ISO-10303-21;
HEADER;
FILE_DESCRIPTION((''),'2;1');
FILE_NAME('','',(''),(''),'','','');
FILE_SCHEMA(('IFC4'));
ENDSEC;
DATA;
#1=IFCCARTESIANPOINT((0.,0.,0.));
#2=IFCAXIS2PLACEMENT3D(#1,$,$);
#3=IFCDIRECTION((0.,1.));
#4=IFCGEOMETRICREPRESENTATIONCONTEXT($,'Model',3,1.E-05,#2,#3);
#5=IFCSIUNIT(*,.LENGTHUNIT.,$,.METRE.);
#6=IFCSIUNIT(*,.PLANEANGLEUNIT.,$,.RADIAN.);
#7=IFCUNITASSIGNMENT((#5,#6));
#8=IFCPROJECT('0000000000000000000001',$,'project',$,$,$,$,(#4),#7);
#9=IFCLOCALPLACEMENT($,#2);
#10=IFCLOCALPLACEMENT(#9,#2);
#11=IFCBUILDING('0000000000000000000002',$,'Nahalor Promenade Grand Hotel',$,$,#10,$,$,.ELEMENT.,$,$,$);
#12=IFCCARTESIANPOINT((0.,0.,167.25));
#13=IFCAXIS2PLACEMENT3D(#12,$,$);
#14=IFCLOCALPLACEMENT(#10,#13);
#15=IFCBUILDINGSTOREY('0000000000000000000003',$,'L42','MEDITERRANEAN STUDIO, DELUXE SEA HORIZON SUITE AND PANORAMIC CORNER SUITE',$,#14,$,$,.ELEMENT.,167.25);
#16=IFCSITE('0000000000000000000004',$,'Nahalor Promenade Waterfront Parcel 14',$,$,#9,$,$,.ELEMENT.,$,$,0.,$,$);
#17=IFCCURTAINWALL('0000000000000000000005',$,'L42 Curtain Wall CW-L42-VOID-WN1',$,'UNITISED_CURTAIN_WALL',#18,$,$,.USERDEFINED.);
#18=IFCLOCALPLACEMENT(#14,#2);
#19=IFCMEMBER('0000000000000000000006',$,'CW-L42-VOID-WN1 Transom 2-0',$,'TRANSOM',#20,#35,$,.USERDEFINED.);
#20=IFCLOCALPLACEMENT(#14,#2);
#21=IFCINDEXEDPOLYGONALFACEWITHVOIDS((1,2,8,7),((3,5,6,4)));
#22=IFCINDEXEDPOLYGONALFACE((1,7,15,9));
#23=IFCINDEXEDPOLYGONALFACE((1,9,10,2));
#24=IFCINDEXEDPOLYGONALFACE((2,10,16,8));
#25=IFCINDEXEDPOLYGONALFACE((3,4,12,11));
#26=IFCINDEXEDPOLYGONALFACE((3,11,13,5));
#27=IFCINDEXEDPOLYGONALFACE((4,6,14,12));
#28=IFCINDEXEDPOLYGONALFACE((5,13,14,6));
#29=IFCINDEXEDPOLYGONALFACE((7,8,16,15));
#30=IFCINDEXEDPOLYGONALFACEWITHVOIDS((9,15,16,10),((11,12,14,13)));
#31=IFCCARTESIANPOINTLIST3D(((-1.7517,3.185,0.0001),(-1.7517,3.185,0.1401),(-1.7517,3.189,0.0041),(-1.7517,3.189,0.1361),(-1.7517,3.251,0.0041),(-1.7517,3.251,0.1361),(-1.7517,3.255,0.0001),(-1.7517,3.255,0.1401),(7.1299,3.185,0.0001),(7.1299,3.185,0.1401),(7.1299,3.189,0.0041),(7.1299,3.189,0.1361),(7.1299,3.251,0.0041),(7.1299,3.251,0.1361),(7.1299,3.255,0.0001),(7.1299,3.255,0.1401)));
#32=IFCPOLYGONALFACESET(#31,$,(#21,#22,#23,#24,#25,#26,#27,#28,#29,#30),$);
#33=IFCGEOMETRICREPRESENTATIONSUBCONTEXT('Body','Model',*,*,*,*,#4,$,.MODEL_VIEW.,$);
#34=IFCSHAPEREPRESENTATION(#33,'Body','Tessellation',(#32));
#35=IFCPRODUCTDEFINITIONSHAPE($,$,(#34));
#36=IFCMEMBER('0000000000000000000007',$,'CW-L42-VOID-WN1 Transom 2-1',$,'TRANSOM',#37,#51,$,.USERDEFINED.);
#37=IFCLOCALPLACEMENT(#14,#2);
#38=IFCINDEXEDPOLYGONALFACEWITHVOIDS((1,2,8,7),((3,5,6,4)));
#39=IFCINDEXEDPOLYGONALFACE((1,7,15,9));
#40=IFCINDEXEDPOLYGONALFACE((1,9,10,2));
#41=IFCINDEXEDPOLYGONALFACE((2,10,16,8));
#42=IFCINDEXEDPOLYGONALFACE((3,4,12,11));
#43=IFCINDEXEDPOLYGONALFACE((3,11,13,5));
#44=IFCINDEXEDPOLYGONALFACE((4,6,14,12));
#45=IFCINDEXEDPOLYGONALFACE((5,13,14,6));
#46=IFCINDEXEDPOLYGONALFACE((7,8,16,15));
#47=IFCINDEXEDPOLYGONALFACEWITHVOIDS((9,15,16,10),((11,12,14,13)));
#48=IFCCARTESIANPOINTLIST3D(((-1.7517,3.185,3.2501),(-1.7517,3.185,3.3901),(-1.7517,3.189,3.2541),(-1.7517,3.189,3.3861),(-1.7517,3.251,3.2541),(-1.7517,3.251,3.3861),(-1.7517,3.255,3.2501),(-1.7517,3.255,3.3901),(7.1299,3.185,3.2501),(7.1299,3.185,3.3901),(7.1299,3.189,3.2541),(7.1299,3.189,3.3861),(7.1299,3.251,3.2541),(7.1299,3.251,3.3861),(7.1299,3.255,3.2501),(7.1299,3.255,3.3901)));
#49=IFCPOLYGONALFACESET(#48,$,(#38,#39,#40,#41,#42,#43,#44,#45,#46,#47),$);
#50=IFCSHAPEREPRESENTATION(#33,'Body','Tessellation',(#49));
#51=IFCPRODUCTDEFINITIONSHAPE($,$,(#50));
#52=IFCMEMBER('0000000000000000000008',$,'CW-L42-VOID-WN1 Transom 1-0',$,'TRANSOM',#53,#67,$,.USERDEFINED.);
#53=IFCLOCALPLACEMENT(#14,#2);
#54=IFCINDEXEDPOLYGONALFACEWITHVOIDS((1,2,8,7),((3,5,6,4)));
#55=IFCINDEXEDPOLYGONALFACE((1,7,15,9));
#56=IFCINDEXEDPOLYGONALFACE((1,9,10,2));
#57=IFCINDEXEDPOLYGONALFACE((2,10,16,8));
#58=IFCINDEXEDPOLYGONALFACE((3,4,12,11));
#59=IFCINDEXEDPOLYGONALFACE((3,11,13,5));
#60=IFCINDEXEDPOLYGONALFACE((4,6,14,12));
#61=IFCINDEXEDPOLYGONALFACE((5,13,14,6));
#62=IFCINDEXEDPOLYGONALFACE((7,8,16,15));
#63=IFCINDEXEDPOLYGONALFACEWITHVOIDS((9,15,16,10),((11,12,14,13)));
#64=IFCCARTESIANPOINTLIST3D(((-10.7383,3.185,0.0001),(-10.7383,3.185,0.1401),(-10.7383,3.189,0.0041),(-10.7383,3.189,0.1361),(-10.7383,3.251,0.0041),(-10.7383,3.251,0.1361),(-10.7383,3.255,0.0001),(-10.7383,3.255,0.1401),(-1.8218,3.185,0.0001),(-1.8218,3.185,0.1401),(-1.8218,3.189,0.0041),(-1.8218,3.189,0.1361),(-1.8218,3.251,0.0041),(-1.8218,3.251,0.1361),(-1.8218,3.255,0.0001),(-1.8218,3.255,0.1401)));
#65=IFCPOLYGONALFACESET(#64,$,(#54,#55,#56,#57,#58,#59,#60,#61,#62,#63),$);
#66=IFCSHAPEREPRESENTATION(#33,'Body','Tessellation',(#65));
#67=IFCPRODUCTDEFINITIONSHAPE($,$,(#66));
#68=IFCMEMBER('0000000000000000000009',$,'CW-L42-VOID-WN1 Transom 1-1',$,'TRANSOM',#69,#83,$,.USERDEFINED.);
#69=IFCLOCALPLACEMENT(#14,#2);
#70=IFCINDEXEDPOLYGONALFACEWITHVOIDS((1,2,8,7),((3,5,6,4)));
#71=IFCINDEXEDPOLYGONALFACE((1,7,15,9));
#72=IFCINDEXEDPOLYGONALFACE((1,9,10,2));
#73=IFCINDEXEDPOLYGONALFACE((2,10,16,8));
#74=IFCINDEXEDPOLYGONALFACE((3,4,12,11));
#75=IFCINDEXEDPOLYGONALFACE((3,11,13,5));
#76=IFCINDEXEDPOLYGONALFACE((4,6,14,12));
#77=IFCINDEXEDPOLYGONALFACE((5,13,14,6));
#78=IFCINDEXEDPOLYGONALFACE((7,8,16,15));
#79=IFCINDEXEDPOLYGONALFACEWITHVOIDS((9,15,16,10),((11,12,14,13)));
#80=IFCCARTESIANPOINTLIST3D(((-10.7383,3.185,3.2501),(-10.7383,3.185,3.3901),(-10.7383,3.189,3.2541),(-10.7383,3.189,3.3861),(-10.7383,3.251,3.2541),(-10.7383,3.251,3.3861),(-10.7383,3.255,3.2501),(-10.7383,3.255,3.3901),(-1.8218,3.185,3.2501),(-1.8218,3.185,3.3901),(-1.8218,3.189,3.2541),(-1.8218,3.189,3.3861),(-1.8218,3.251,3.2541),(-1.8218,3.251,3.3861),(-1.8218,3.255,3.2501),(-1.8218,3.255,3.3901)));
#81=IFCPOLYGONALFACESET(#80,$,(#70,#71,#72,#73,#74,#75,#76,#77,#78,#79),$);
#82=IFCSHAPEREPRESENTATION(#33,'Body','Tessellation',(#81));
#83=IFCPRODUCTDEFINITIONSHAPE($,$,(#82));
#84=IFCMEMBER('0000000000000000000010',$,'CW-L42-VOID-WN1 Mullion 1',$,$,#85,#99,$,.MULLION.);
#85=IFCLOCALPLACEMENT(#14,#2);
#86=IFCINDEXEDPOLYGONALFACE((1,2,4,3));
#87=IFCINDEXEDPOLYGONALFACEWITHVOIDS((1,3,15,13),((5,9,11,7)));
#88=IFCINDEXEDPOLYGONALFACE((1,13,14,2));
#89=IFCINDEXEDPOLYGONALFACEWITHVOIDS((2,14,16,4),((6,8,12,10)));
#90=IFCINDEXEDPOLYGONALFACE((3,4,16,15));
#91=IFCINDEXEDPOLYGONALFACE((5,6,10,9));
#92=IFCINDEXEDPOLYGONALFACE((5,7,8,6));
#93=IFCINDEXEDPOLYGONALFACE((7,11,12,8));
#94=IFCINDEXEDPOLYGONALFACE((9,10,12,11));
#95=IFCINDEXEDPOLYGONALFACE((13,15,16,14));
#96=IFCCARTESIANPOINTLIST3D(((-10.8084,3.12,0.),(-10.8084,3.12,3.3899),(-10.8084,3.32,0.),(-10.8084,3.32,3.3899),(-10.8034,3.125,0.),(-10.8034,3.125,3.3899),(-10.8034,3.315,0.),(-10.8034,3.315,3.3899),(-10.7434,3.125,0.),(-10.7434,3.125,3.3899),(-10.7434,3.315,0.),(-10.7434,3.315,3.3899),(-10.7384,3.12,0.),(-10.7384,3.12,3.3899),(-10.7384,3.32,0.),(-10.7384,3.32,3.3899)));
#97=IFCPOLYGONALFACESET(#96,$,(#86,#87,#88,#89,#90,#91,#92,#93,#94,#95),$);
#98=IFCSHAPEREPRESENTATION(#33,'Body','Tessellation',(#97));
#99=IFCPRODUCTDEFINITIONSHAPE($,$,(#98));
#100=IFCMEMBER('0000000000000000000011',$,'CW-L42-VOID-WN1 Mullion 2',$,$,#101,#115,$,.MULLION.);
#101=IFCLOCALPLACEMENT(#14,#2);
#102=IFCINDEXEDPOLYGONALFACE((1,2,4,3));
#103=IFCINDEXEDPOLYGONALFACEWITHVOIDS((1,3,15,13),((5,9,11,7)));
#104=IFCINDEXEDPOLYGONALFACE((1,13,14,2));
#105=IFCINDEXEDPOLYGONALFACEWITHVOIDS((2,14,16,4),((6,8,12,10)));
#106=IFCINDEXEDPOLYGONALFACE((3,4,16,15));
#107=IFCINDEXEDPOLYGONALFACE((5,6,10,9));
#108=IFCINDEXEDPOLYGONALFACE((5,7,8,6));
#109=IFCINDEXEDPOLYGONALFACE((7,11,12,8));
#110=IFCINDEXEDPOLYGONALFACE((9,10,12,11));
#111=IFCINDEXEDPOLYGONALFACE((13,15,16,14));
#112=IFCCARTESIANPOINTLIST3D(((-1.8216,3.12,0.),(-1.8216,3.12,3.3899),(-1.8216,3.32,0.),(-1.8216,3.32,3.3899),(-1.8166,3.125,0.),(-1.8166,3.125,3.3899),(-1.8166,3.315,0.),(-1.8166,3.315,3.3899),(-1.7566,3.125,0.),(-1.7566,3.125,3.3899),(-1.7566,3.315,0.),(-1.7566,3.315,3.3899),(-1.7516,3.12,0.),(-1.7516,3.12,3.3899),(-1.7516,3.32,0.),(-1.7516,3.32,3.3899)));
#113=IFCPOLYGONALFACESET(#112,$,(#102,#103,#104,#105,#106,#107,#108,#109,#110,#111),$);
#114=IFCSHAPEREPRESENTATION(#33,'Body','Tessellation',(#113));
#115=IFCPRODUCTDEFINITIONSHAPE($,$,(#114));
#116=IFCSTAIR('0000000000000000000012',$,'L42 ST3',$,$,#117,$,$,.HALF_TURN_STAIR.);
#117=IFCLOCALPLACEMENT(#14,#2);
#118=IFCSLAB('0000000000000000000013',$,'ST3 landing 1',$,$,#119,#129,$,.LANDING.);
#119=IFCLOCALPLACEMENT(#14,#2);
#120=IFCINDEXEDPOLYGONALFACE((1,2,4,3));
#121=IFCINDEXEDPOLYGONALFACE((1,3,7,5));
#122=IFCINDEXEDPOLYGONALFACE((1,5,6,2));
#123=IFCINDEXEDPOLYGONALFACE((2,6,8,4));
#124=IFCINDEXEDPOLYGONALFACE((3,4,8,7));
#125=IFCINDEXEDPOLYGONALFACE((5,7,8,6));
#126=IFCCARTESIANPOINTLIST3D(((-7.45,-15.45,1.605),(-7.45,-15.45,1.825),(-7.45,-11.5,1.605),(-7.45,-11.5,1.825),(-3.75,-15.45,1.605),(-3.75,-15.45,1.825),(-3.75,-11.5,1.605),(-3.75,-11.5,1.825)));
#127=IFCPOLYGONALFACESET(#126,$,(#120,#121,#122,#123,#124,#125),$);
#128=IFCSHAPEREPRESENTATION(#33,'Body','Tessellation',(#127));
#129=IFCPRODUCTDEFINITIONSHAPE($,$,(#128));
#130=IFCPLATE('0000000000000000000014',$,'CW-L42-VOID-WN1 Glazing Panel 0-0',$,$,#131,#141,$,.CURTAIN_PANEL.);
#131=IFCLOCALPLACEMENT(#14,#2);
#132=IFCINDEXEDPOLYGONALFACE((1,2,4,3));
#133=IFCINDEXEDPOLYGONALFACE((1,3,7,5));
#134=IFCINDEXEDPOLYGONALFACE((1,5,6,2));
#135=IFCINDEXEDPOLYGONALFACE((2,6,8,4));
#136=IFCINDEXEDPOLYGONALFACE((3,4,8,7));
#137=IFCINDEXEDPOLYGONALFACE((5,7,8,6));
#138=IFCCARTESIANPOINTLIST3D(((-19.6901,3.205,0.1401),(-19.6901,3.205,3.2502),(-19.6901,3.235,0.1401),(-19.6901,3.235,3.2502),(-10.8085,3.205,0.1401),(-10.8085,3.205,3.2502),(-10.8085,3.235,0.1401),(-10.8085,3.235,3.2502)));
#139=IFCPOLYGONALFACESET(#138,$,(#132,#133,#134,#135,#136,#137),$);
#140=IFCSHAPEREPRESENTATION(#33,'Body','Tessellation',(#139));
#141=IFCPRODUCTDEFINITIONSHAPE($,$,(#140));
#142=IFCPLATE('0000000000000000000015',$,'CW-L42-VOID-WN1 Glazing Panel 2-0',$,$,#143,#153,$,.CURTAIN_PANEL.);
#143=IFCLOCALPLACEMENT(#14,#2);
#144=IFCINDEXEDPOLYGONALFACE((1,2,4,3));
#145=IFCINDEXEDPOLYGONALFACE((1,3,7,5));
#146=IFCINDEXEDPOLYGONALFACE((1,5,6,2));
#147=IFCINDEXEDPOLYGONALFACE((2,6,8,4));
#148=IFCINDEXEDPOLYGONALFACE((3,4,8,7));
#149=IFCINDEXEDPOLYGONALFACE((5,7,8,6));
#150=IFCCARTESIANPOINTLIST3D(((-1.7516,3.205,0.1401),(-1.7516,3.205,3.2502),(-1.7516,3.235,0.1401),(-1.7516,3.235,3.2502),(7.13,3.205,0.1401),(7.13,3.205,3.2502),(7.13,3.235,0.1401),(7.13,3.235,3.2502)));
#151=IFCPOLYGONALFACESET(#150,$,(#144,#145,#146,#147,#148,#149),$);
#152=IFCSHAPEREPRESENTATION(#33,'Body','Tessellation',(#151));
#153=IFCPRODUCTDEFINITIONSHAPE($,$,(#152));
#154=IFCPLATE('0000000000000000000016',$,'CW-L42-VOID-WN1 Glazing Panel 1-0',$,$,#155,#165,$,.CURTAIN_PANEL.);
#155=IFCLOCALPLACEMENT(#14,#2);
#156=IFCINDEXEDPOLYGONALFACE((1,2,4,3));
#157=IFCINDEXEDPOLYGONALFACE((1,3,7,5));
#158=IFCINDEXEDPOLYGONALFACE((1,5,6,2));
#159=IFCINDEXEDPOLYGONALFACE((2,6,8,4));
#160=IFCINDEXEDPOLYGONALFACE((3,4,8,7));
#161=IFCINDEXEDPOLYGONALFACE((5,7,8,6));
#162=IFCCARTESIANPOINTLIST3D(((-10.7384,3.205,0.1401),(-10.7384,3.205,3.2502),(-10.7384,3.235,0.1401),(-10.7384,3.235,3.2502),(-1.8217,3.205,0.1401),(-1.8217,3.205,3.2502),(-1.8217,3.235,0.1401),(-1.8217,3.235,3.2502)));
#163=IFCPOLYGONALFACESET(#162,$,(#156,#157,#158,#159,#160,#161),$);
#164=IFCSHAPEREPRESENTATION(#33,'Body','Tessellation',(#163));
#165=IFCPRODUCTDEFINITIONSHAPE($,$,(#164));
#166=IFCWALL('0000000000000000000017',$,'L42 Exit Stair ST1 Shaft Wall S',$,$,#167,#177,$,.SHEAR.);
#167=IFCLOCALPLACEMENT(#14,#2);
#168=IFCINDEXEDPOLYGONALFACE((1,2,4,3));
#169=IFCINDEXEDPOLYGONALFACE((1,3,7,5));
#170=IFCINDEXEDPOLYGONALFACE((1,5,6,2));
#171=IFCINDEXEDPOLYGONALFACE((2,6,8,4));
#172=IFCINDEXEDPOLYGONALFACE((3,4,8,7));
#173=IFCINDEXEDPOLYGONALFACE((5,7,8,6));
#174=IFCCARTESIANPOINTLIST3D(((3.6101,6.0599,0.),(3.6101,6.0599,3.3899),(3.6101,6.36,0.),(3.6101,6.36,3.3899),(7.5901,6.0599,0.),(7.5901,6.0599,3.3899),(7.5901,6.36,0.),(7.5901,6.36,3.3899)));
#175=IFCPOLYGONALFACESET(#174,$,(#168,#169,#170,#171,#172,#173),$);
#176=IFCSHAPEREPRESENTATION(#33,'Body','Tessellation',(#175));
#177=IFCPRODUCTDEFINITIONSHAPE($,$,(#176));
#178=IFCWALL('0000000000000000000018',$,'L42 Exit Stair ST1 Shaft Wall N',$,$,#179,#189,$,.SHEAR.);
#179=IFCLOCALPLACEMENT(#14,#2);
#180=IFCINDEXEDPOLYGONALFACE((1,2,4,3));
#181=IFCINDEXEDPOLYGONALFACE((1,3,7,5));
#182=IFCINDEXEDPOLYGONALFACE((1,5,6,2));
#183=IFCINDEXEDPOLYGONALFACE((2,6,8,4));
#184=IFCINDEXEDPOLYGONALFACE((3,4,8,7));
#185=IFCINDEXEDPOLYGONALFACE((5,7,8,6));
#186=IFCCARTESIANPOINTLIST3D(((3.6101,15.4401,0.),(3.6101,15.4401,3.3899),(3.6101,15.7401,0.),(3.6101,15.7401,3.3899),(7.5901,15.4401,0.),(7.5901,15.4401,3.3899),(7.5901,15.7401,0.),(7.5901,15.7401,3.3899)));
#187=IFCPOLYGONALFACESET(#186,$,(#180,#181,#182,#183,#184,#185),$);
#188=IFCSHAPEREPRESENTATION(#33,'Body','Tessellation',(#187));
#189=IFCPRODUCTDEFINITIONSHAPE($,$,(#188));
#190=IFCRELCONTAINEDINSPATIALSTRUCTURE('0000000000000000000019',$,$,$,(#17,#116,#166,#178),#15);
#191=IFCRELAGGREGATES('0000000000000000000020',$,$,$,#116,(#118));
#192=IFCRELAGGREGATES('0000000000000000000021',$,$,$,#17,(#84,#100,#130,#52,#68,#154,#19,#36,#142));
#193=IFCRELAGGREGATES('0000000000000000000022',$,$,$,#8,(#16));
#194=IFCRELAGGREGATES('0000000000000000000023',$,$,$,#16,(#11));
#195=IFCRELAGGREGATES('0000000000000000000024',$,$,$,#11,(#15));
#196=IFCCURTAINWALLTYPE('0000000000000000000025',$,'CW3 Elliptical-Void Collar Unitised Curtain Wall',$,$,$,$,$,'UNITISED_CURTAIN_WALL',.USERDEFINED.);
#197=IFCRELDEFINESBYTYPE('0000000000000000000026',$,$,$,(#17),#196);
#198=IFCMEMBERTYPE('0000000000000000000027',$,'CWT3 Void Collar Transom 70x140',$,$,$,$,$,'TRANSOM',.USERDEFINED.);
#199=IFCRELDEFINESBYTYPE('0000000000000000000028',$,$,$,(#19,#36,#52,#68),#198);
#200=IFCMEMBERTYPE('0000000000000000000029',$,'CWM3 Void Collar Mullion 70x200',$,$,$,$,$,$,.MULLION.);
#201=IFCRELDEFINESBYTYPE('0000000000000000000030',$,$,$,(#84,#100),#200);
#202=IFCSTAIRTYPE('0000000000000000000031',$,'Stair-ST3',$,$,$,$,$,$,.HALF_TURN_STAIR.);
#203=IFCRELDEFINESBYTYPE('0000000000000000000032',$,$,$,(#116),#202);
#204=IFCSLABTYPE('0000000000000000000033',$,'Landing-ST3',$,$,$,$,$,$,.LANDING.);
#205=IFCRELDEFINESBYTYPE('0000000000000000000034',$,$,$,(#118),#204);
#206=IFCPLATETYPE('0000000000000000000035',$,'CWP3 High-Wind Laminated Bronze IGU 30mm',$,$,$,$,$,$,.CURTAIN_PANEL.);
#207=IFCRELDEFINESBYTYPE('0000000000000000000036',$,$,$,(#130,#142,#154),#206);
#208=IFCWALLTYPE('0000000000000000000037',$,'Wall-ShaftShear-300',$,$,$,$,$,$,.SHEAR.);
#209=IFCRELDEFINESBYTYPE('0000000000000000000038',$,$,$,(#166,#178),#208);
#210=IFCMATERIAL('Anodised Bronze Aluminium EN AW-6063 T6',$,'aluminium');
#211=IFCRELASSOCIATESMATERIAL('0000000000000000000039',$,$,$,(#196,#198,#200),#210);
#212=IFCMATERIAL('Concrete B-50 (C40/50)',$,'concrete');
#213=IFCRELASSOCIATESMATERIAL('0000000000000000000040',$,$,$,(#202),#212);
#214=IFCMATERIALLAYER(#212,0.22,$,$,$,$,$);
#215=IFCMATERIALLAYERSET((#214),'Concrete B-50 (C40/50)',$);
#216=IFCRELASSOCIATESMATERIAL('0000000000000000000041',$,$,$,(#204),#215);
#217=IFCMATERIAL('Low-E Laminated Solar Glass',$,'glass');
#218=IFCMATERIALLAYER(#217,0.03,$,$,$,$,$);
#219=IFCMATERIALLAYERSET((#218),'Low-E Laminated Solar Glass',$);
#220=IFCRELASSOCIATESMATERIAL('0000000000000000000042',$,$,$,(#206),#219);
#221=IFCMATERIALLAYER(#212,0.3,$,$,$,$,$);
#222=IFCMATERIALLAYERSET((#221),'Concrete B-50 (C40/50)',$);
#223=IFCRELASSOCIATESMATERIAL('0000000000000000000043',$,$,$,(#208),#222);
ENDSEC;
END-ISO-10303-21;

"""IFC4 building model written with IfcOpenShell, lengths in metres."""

from ifc_helpers import new_model, si_unit, direction, frame, frame_2d, origin, origin_2d, place, context, subcontext, project, spatial, polyline, rectangle, hollow_rectangle, outline, extrude, source, transform, mapped, material, layer, layer_set, material_profile, profile_set, type_object, element, aggregate, save


model = new_model("IFC4")

# Units and contexts
model_context = context("Model", 3, precision=1e-05, world=origin(), true_north=direction((0.0, 1.0)))
body_context = subcontext(model_context, "Body", "Model", "MODEL_VIEW")
ifc_project = project(units=[si_unit("LENGTHUNIT", "METRE"), si_unit("PLANEANGLEUNIT", "RADIAN")], contexts=[model_context])

# Site, building, storey
site_placement = place(None, origin())
site = spatial("IfcSite", under=ifc_project, at=site_placement, Name="Nahalor Promenade Waterfront Parcel 14", CompositionType="ELEMENT", RefElevation=0.0)
building_placement = place(site_placement, origin())
building = spatial("IfcBuilding", under=site, at=building_placement, Name="Nahalor Promenade Grand Hotel", CompositionType="ELEMENT")
storey_placement = place(building_placement, frame((0.0, 0.0, 167.25)))
storey = spatial("IfcBuildingStorey", under=building, at=storey_placement, Name="L42", Description="MEDITERRANEAN STUDIO, DELUXE SEA HORIZON SUITE AND PANORAMIC CORNER SUITE", CompositionType="ELEMENT", Elevation=167.25)

# Curtain wall, members
ifc_material_1 = material(Name="Anodised Bronze Aluminium EN AW-6063 T6", Category="aluminium")
curtain_wall_type = type_object("IfcCurtainWallType", Name="CW3 Elliptical-Void Collar Unitised Curtain Wall", ElementType="UNITISED_CURTAIN_WALL", PredefinedType="USERDEFINED", material=ifc_material_1)
curtain_wall_placement = place(storey_placement, origin())
curtain_wall = element("IfcCurtainWall", 1, at=curtain_wall_placement, inside=storey, type_object=curtain_wall_type, Name="L42 Curtain Wall CW-L42-VOID-WN1", ObjectType="UNITISED_CURTAIN_WALL", PredefinedType="USERDEFINED")
ifc_material_profile_1 = material_profile(ifc_material_1, hollow_rectangle(XDim=0.07, YDim=0.14, WallThickness=0.004, at=origin_2d()), Name="CWT 70x140x4")
ifc_profile_set_1 = profile_set([ifc_material_profile_1], Name="Anodised Bronze Aluminium EN AW-6063 T6")
member_type_1 = type_object("IfcMemberType", Name="CWT3 Void Collar Transom 70x140", ElementType="TRANSOM", PredefinedType="USERDEFINED", material=ifc_profile_set_1)
shared_shape_1 = source(origin(), body_context, "Body", "SweptSolid", [
    extrude(hollow_rectangle(XDim=0.07, YDim=0.14, WallThickness=0.004, at=origin_2d()), origin(), (0.0, 0.0, 1.0), 8.8816),
])
member_1_placement = place(storey_placement, frame((-1.7517, 3.22, 0.0701), z_axis=(1.0, 0.0, 0.0), x_axis=(0.0, 1.0, 0.0)))
member_1 = element("IfcMember", 2, at=member_1_placement, type_object=member_type_1, Name="CW-L42-VOID-WN1 Transom 2-0", ObjectType="TRANSOM", PredefinedType="USERDEFINED", context=body_context, shape_type="MappedRepresentation", body=[
    mapped(shared_shape_1, transform((0.0, 0.0, 0.0), scale=1.0)),
])
member_2_placement = place(storey_placement, frame((-1.7517, 3.22, 3.3201), z_axis=(1.0, 0.0, 0.0), x_axis=(0.0, 1.0, 0.0)))
member_2 = element("IfcMember", 3, at=member_2_placement, type_object=member_type_1, Name="CW-L42-VOID-WN1 Transom 2-1", ObjectType="TRANSOM", PredefinedType="USERDEFINED", context=body_context, shape_type="MappedRepresentation", body=[
    mapped(shared_shape_1, transform((0.0, 0.0, 0.0), scale=1.0)),
])
shared_shape_2 = source(origin(), body_context, "Body", "SweptSolid", [
    extrude(hollow_rectangle(XDim=0.07, YDim=0.14, WallThickness=0.004, at=origin_2d()), origin(), (0.0, 0.0, 1.0), 8.9165),
])
member_3_placement = place(storey_placement, frame((-10.7383, 3.22, 0.0701), z_axis=(1.0, 0.0, 0.0), x_axis=(0.0, 1.0, 0.0)))
member_3 = element("IfcMember", 4, at=member_3_placement, type_object=member_type_1, Name="CW-L42-VOID-WN1 Transom 1-0", ObjectType="TRANSOM", PredefinedType="USERDEFINED", context=body_context, shape_type="MappedRepresentation", body=[
    mapped(shared_shape_2, transform((0.0, 0.0, 0.0), scale=1.0)),
])
member_4_placement = place(storey_placement, frame((-10.7383, 3.22, 3.3201), z_axis=(1.0, 0.0, 0.0), x_axis=(0.0, 1.0, 0.0)))
member_4 = element("IfcMember", 5, at=member_4_placement, type_object=member_type_1, Name="CW-L42-VOID-WN1 Transom 1-1", ObjectType="TRANSOM", PredefinedType="USERDEFINED", context=body_context, shape_type="MappedRepresentation", body=[
    mapped(shared_shape_2, transform((0.0, 0.0, 0.0), scale=1.0)),
])
ifc_material_profile_2 = material_profile(ifc_material_1, hollow_rectangle(XDim=0.07, YDim=0.2, WallThickness=0.005, at=origin_2d()), Name="CWM 70x200x5")
ifc_profile_set_2 = profile_set([ifc_material_profile_2], Name="Anodised Bronze Aluminium EN AW-6063 T6")
member_type_2 = type_object("IfcMemberType", Name="CWM3 Void Collar Mullion 70x200", PredefinedType="MULLION", material=ifc_profile_set_2)
shared_shape_3 = source(origin(), body_context, "Body", "SweptSolid", [
    extrude(hollow_rectangle(XDim=0.07, YDim=0.2, WallThickness=0.005, at=origin_2d()), origin(), (0.0, 0.0, 1.0), 3.3899),
])
member_5_placement = place(storey_placement, frame((-10.7734, 3.22, 0.0), z_axis=(0.0, 0.0, 1.0), x_axis=(1.0, 0.0, 0.0)))
member_5 = element("IfcMember", 6, at=member_5_placement, type_object=member_type_2, Name="CW-L42-VOID-WN1 Mullion 1", PredefinedType="MULLION", context=body_context, shape_type="MappedRepresentation", body=[
    mapped(shared_shape_3, transform((0.0, 0.0, 0.0), scale=1.0)),
])
member_6_placement = place(storey_placement, frame((-1.7866, 3.22, 0.0), z_axis=(0.0, 0.0, 1.0), x_axis=(1.0, 0.0, 0.0)))
member_6 = element("IfcMember", 7, at=member_6_placement, type_object=member_type_2, Name="CW-L42-VOID-WN1 Mullion 2", PredefinedType="MULLION", context=body_context, shape_type="MappedRepresentation", body=[
    mapped(shared_shape_3, transform((0.0, 0.0, 0.0), scale=1.0)),
])

# Stair, slab
ifc_material_2 = material(Name="Concrete B-50 (C40/50)", Category="concrete")
stair_type = type_object("IfcStairType", Name="Stair-ST3", PredefinedType="HALF_TURN_STAIR", material=ifc_material_2)
stair_placement = place(storey_placement, origin())
stair = element("IfcStair", 8, at=stair_placement, inside=storey, type_object=stair_type, Name="L42 ST3", PredefinedType="HALF_TURN_STAIR")
ifc_layer_1 = layer(ifc_material_2, 0.22)
ifc_layer_set_1 = layer_set([ifc_layer_1], Name="Concrete B-50 (C40/50)")
slab_type = type_object("IfcSlabType", Name="Landing-ST3", PredefinedType="LANDING", material=ifc_layer_set_1)
slab_placement = place(storey_placement, frame((0.0, 0.0, 1.605)))
slab = element("IfcSlab", 9, at=slab_placement, type_object=slab_type, Name="ST3 landing 1", PredefinedType="LANDING", context=body_context, shape_type="SweptSolid", body=[
    extrude(outline(polyline([(-7.45, -11.5), (-7.45, -15.45), (-3.75, -15.45), (-3.75, -11.5), (-7.45, -11.5)])), origin(), (0.0, 0.0, 1.0), 0.22),
])
aggregate(stair, [slab])

# Plates
ifc_material_3 = material(Name="Low-E Laminated Solar Glass", Category="glass")
ifc_layer_2 = layer(ifc_material_3, 0.03)
ifc_layer_set_2 = layer_set([ifc_layer_2], Name="Low-E Laminated Solar Glass")
plate_type = type_object("IfcPlateType", Name="CWP3 High-Wind Laminated Bronze IGU 30mm", PredefinedType="CURTAIN_PANEL", material=ifc_layer_set_2)
shared_shape_4 = source(origin(), body_context, "Body", "SweptSolid", [
    extrude(rectangle(XDim=8.8816, YDim=0.03, at=origin_2d()), origin(), (0.0, 0.0, 1.0), 3.1101),
])
plate_1_placement = place(storey_placement, frame((-15.2493, 3.22, 0.1401), z_axis=(0.0, 0.0, 1.0), x_axis=(1.0, 0.0, 0.0)))
plate_1 = element("IfcPlate", 10, at=plate_1_placement, type_object=plate_type, Name="CW-L42-VOID-WN1 Glazing Panel 0-0", PredefinedType="CURTAIN_PANEL", context=body_context, shape_type="MappedRepresentation", body=[
    mapped(shared_shape_4, transform((0.0, 0.0, 0.0), scale=1.0)),
])
plate_2_placement = place(storey_placement, frame((2.6892, 3.22, 0.1401), z_axis=(0.0, 0.0, 1.0), x_axis=(1.0, 0.0, 0.0)))
plate_2 = element("IfcPlate", 11, at=plate_2_placement, type_object=plate_type, Name="CW-L42-VOID-WN1 Glazing Panel 2-0", PredefinedType="CURTAIN_PANEL", context=body_context, shape_type="MappedRepresentation", body=[
    mapped(shared_shape_4, transform((0.0, 0.0, 0.0), scale=1.0)),
])
shared_shape_5 = source(origin(), body_context, "Body", "SweptSolid", [
    extrude(rectangle(XDim=8.9167, YDim=0.03, at=origin_2d()), origin(), (0.0, 0.0, 1.0), 3.1101),
])
plate_3_placement = place(storey_placement, frame((-6.28, 3.22, 0.1401), z_axis=(0.0, 0.0, 1.0), x_axis=(1.0, 0.0, 0.0)))
plate_3 = element("IfcPlate", 12, at=plate_3_placement, type_object=plate_type, Name="CW-L42-VOID-WN1 Glazing Panel 1-0", PredefinedType="CURTAIN_PANEL", context=body_context, shape_type="MappedRepresentation", body=[
    mapped(shared_shape_5, transform((0.0, 0.0, 0.0), scale=1.0)),
])
aggregate(curtain_wall, [member_5, member_6, plate_1, member_3, member_4, plate_3, member_1, member_2, plate_2])

# Walls
ifc_layer_3 = layer(ifc_material_2, 0.3)
ifc_layer_set_3 = layer_set([ifc_layer_3], Name="Concrete B-50 (C40/50)")
wall_type_1 = type_object("IfcWallType", Name="Wall-ShaftShear-300", PredefinedType="SHEAR", material=ifc_layer_set_3)
shared_shape_6 = source(origin(), body_context, "Body", "SweptSolid", [
    extrude(rectangle(XDim=3.98, YDim=0.3, at=frame_2d((1.99, 0.0))), origin(), (0.0, 0.0, 1.0), 3.3899),
])
for number, where, z_axis, x_axis, name in (
    (13, (3.6101, 6.21, 0.0), (0.0, 0.0, 1.0), (1.0, 0.0, 0.0), "L42 Exit Stair ST1 Shaft Wall S"),
    (14, (3.6101, 15.5901, 0.0), (0.0, 0.0, 1.0), (1.0, 0.0, 0.0), "L42 Exit Stair ST1 Shaft Wall N"),
):
    element("IfcWall", number, at=place(storey_placement, frame(where, z_axis=z_axis, x_axis=x_axis)), inside=storey, type_object=wall_type_1, Name=name, PredefinedType="SHEAR", context=body_context, shape_type="MappedRepresentation", body=[
        mapped(shared_shape_6, transform((0.0, 0.0, 0.0), scale=1.0)),
    ])

save(model, "model.ifc")
